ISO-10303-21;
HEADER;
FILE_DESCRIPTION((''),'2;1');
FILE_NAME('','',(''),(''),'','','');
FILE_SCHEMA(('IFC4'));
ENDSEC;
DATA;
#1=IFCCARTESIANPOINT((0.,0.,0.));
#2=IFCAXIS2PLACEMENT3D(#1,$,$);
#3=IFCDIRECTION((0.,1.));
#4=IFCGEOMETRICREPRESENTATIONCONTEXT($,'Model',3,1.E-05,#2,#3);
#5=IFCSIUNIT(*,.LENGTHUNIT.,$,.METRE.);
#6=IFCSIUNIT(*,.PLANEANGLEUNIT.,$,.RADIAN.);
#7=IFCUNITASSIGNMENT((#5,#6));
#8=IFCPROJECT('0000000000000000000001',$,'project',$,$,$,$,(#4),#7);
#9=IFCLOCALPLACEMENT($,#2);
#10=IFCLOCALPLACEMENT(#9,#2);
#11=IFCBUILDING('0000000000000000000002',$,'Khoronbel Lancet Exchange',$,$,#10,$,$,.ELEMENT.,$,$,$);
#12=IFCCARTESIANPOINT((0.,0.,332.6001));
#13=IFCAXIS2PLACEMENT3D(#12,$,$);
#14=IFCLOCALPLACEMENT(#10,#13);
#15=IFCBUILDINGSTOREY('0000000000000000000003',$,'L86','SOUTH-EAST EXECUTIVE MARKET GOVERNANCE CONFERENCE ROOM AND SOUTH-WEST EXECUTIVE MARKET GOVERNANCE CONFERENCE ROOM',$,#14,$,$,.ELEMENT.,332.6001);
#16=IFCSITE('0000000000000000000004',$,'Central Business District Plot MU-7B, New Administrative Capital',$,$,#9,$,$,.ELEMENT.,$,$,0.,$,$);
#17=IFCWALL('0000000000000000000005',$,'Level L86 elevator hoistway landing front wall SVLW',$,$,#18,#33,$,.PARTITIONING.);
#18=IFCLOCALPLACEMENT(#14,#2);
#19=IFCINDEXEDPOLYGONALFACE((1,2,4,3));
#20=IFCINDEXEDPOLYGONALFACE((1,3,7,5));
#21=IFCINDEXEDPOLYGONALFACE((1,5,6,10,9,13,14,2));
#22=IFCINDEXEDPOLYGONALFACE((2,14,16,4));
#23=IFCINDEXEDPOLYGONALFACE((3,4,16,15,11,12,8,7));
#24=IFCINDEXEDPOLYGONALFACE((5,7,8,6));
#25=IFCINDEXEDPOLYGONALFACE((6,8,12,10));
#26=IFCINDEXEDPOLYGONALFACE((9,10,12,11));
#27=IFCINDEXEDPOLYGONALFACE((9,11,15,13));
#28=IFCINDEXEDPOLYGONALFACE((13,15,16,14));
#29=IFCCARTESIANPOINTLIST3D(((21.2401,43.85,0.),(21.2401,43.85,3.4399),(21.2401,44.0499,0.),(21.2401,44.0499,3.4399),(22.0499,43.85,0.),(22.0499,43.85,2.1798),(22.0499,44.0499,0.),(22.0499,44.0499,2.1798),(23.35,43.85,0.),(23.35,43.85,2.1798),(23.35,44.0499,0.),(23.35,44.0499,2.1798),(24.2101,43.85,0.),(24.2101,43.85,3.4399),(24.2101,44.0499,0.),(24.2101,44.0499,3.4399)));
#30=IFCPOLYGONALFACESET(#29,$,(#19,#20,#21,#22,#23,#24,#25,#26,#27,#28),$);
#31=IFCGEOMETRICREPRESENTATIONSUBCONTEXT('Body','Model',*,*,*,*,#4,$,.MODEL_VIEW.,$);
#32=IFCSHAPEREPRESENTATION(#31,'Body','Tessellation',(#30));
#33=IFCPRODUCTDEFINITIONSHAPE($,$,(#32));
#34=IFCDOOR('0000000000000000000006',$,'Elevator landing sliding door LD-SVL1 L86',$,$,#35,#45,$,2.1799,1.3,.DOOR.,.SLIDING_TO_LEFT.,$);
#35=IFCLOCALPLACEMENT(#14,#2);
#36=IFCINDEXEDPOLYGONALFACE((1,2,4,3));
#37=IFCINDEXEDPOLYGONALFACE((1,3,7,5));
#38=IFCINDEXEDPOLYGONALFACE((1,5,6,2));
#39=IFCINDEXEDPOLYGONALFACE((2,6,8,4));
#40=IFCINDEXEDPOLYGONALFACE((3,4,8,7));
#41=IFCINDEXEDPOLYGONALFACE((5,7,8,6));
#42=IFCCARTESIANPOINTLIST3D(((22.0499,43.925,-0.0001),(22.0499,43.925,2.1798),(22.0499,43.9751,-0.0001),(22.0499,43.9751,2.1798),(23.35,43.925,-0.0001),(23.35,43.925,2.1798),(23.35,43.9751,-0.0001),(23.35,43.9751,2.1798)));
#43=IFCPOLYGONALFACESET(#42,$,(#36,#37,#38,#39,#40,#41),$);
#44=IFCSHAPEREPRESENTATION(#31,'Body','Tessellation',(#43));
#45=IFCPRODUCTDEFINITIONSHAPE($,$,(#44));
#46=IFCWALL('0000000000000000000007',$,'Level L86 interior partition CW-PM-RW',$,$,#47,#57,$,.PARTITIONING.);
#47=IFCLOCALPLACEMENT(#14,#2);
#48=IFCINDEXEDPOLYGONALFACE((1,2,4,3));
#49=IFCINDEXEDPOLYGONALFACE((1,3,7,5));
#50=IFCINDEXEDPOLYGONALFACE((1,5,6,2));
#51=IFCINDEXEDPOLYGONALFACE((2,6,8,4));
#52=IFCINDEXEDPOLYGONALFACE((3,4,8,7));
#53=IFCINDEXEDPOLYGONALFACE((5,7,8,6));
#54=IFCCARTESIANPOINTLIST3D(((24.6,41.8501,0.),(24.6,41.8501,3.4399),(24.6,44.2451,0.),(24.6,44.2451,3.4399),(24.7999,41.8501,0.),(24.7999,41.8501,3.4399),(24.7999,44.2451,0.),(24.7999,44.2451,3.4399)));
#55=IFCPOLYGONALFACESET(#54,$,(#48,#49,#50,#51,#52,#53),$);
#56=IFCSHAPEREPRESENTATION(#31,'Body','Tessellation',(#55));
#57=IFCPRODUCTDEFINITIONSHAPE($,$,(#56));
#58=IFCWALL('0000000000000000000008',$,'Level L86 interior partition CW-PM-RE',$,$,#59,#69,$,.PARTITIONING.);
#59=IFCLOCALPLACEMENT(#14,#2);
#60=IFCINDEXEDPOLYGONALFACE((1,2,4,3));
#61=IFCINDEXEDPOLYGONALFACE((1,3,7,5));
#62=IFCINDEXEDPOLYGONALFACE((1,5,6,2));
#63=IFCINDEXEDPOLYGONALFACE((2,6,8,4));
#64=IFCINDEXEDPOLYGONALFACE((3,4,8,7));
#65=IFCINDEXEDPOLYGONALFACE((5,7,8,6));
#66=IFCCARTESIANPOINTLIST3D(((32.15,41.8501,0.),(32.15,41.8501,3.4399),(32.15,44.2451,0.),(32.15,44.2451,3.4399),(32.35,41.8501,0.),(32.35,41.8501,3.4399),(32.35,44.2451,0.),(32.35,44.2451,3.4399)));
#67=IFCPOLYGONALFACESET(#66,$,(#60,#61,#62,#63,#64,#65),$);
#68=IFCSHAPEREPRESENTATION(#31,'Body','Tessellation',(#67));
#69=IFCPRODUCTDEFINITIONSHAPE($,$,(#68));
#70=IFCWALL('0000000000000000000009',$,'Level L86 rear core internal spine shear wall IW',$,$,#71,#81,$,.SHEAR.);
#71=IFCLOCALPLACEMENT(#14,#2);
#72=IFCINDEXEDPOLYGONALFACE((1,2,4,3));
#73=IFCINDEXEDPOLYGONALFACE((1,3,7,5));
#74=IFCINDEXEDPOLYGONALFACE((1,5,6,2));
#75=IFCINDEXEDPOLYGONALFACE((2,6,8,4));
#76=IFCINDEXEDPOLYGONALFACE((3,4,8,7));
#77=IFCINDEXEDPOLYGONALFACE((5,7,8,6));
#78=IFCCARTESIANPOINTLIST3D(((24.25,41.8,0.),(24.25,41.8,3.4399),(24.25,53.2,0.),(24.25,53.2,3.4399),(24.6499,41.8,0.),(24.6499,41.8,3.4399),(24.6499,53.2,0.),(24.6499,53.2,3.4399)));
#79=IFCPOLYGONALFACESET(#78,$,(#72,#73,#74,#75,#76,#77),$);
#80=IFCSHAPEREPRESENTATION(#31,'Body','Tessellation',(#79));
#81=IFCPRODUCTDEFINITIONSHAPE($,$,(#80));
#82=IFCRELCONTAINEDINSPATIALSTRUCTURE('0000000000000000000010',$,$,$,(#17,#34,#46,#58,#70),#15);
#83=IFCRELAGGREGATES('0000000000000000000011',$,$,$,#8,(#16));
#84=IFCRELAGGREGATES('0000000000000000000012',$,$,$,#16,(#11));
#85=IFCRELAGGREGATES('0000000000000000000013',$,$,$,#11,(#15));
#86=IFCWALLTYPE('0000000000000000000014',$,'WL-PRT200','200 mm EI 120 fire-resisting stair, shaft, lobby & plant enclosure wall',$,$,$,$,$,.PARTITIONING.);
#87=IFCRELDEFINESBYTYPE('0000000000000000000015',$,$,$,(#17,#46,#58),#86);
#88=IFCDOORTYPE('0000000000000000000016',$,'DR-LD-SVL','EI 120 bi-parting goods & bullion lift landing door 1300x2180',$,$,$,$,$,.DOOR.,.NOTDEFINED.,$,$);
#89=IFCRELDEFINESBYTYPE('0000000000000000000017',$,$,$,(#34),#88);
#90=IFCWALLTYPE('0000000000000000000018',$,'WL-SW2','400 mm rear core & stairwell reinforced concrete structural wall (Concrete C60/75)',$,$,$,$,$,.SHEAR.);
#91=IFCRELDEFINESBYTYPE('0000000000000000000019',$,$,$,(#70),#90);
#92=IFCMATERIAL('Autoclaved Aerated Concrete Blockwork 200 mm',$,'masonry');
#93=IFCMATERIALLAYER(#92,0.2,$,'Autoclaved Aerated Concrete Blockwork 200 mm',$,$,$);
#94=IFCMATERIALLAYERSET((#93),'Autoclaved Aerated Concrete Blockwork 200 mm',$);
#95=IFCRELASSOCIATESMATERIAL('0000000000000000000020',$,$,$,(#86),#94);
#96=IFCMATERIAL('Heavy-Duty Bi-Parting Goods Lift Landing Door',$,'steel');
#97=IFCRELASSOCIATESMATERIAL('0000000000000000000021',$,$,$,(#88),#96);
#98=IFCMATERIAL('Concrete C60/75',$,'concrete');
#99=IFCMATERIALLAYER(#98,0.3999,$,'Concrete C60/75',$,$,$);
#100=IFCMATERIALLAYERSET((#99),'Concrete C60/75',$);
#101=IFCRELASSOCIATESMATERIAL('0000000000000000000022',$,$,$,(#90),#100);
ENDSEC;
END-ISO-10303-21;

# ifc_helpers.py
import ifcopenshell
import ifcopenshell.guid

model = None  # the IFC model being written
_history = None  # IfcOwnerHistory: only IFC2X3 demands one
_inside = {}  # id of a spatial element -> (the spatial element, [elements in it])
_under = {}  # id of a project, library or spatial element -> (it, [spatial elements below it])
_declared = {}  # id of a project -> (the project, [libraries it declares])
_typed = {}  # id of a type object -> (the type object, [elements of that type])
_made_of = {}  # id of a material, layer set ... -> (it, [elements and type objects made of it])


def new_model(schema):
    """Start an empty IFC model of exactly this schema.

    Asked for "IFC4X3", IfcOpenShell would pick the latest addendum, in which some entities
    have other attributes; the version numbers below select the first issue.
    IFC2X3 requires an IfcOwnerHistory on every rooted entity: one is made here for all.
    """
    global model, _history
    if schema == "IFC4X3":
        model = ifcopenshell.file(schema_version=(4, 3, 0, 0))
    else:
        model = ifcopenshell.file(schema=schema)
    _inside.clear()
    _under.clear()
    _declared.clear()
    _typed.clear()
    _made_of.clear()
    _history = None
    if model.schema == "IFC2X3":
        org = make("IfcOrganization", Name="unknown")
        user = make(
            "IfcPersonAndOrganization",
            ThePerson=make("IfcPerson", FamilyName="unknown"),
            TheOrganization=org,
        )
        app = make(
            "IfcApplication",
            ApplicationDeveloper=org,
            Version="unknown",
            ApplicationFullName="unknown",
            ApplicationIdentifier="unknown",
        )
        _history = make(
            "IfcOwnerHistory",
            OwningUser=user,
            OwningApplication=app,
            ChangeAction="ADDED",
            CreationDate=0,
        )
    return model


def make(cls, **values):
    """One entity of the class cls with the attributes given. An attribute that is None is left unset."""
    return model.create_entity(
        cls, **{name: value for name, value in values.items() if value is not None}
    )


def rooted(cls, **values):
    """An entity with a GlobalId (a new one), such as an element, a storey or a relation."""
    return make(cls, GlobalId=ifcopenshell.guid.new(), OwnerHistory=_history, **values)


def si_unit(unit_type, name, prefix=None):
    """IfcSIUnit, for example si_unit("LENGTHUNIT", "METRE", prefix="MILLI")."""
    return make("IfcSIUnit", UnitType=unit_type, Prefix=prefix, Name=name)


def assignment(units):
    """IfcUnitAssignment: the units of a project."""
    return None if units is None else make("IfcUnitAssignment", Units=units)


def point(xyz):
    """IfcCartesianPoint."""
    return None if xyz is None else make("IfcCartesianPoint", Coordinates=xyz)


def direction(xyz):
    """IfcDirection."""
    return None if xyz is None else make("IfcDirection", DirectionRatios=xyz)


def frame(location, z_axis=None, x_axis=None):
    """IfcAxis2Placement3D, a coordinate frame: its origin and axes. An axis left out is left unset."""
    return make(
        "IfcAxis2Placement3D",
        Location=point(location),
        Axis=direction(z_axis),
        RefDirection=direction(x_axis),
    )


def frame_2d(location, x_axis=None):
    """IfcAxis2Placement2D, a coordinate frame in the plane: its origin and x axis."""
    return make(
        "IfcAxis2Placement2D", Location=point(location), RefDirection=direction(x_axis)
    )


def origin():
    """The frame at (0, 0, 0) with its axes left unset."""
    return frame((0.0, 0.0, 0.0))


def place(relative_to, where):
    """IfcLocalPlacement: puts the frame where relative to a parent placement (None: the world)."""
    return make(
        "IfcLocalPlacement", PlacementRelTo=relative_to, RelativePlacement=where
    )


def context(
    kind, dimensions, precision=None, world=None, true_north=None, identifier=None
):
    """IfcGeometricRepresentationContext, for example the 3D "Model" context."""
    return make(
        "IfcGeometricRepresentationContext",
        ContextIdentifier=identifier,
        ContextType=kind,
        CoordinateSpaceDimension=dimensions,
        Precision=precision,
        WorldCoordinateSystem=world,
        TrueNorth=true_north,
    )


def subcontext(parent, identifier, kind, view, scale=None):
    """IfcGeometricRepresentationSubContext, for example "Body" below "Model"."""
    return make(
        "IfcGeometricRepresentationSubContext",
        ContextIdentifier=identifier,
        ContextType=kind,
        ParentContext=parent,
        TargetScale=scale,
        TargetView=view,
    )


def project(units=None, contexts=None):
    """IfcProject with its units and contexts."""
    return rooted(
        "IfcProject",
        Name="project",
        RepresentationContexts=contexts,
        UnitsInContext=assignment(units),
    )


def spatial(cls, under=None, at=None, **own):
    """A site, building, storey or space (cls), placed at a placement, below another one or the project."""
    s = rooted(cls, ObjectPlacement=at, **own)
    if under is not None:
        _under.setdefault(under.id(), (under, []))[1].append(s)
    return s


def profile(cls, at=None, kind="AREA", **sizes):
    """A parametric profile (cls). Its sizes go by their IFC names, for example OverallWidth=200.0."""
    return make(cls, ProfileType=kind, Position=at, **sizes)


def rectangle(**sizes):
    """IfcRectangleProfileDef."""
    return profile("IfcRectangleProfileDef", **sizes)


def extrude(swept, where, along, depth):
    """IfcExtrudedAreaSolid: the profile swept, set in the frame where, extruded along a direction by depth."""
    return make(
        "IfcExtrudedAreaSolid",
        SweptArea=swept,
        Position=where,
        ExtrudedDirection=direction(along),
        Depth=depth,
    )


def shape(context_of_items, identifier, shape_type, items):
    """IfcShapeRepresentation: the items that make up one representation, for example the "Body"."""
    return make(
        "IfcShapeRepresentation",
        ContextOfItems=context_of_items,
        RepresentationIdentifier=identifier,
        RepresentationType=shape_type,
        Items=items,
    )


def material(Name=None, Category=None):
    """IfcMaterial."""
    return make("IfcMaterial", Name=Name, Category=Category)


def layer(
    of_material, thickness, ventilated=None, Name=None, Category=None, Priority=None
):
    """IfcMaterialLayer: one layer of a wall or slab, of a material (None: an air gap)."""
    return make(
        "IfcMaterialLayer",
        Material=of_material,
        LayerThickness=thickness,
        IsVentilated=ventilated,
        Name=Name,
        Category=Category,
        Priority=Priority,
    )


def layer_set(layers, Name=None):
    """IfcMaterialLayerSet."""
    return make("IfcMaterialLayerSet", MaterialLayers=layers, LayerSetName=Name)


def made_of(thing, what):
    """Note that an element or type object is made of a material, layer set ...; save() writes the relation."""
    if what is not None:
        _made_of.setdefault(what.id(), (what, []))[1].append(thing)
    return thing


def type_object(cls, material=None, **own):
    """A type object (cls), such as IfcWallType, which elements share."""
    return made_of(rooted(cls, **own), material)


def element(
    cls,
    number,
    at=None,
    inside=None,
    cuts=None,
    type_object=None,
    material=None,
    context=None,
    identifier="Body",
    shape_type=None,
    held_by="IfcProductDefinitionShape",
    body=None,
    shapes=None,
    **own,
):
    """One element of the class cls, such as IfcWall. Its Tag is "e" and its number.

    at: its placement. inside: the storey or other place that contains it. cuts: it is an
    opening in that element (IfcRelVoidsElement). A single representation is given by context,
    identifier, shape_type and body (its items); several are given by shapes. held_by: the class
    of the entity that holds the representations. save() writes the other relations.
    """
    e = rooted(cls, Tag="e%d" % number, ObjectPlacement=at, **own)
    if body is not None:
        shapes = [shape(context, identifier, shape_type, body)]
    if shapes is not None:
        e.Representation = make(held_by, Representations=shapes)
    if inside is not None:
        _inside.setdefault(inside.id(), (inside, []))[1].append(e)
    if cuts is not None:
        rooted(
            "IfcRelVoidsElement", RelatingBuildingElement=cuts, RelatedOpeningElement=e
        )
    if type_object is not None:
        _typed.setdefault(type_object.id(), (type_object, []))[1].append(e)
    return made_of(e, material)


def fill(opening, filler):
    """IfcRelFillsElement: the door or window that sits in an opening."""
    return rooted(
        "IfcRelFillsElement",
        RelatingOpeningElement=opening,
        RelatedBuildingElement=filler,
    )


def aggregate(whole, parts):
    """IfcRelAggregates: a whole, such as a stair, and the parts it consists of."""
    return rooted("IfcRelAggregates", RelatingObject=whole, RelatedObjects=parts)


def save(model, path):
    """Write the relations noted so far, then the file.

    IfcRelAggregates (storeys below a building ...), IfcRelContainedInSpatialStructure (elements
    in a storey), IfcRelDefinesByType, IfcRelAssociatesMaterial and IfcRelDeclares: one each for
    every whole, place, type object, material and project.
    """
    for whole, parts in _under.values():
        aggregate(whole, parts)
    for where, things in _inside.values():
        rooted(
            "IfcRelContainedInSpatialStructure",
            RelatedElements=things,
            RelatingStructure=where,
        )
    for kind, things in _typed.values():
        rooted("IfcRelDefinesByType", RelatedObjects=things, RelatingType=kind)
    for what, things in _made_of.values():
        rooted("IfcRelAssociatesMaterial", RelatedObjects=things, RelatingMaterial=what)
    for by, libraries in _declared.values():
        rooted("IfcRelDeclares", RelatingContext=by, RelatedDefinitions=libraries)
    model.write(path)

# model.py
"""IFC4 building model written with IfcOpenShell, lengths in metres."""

from ifc_helpers import new_model, si_unit, direction, frame, frame_2d, origin, place, context, subcontext, project, spatial, rectangle, extrude, material, layer, layer_set, type_object, element, fill, save


model = new_model("IFC4")

# Units and contexts
model_context = context("Model", 3, precision=1e-05, world=origin(), true_north=direction((0.0, 1.0)))
body_context = subcontext(model_context, "Body", "Model", "MODEL_VIEW")
ifc_project = project(units=[si_unit("LENGTHUNIT", "METRE"), si_unit("PLANEANGLEUNIT", "RADIAN")], contexts=[model_context])

# Site, building, storey
site_placement = place(None, origin())
site = spatial("IfcSite", under=ifc_project, at=site_placement, Name="Central Business District Plot MU-7B, New Administrative Capital", CompositionType="ELEMENT", RefElevation=0.0)
building_placement = place(site_placement, origin())
building = spatial("IfcBuilding", under=site, at=building_placement, Name="Khoronbel Lancet Exchange", CompositionType="ELEMENT")
storey_placement = place(building_placement, frame((0.0, 0.0, 332.6001)))
storey = spatial("IfcBuildingStorey", under=building, at=storey_placement, Name="L86", Description="SOUTH-EAST EXECUTIVE MARKET GOVERNANCE CONFERENCE ROOM AND SOUTH-WEST EXECUTIVE MARKET GOVERNANCE CONFERENCE ROOM", CompositionType="ELEMENT", Elevation=332.6001)

# Shared definitions
ifc_material_1 = material(Name="Concrete C60/75", Category="concrete")

# Wall, opening, door
ifc_material_2 = material(Name="Autoclaved Aerated Concrete Blockwork 200 mm", Category="masonry")
ifc_layer_1 = layer(ifc_material_2, 0.2, Name="Autoclaved Aerated Concrete Blockwork 200 mm")
ifc_layer_set_1 = layer_set([ifc_layer_1], Name="Autoclaved Aerated Concrete Blockwork 200 mm")
wall_type_1 = type_object("IfcWallType", Name="WL-PRT200", Description="200 mm EI 120 fire-resisting stair, shaft, lobby & plant enclosure wall", PredefinedType="PARTITIONING", material=ifc_layer_set_1)
wall_1_placement = place(storey_placement, frame((24.21, 43.95, 0.0), z_axis=(0.0, 0.0, 1.0), x_axis=(-1.0, 0.0, 0.0)))
wall_1 = element("IfcWall", 1, at=wall_1_placement, inside=storey, type_object=wall_type_1, Name="Level L86 elevator hoistway landing front wall SVLW", PredefinedType="PARTITIONING", context=body_context, shape_type="SweptSolid", body=[
    extrude(rectangle(XDim=2.97, YDim=0.2, at=frame_2d((1.4849, 0.0))), origin(), (0.0, 0.0, 1.0), 3.4399),
])
opening_1_placement = place(wall_1_placement, frame((0.8601, 0.0, 0.0)))
opening_1 = element("IfcOpeningElement", 2, at=opening_1_placement, cuts=wall_1, PredefinedType="OPENING", context=body_context, shape_type="SweptSolid", body=[
    extrude(rectangle(XDim=1.3, YDim=2.1799, at=frame_2d((0.6499, 1.0898))), frame((0.0, 0.1099, 0.0), z_axis=(0.0, -1.0, 0.0), x_axis=(1.0, 0.0, 0.0)), (0.0, 0.0, 1.0), 0.22),
])
ifc_material_3 = material(Name="Heavy-Duty Bi-Parting Goods Lift Landing Door", Category="steel")
door_type_1 = type_object("IfcDoorType", Name="DR-LD-SVL", Description="EI 120 bi-parting goods & bullion lift landing door 1300x2180", OperationType="NOTDEFINED", PredefinedType="DOOR", material=ifc_material_3)
door_1_placement = place(opening_1_placement, origin())
door_1 = element("IfcDoor", 3, at=door_1_placement, inside=storey, type_object=door_type_1, Name="Elevator landing sliding door LD-SVL1 L86", OperationType="SLIDING_TO_LEFT", OverallHeight=2.1799, OverallWidth=1.3, PredefinedType="DOOR", context=body_context, shape_type="SweptSolid", body=[
    extrude(rectangle(XDim=1.3, YDim=2.1799, at=frame_2d((0.6499, 1.0898))), frame((0.0, 0.0249, 0.0), z_axis=(0.0, -1.0, 0.0), x_axis=(1.0, 0.0, 0.0)), (0.0, 0.0, 1.0), 0.05),
])
fill(opening_1, door_1)

# Walls
for number, where, z_axis, x_axis, name in (
    (4, (24.7, 41.8501, 0.0), (0.0, 0.0, 1.0), (0.0, 1.0, 0.0), "Level L86 interior partition CW-PM-RW"),
    (5, (32.25, 41.8501, 0.0), (0.0, 0.0, 1.0), (0.0, 1.0, 0.0), "Level L86 interior partition CW-PM-RE"),
):
    element("IfcWall", number, at=place(storey_placement, frame(where, z_axis=z_axis, x_axis=x_axis)), inside=storey, type_object=wall_type_1, Name=name, PredefinedType="PARTITIONING", context=body_context, shape_type="SweptSolid", body=[
        extrude(rectangle(XDim=2.395, YDim=0.2, at=frame_2d((1.1975, 0.0))), origin(), (0.0, 0.0, 1.0), 3.4399),
    ])
ifc_layer_2 = layer(ifc_material_1, 0.3999, Name="Concrete C60/75")
ifc_layer_set_2 = layer_set([ifc_layer_2], Name="Concrete C60/75")
wall_type_2 = type_object("IfcWallType", Name="WL-SW2", Description="400 mm rear core & stairwell reinforced concrete structural wall (Concrete C60/75)", PredefinedType="SHEAR", material=ifc_layer_set_2)
wall_2_placement = place(storey_placement, frame((24.45, 41.8, 0.0), z_axis=(0.0, 0.0, 1.0), x_axis=(0.0, 1.0, 0.0)))
element("IfcWall", 6, at=wall_2_placement, inside=storey, type_object=wall_type_2, Name="Level L86 rear core internal spine shear wall IW", PredefinedType="SHEAR", context=body_context, shape_type="SweptSolid", body=[
    extrude(rectangle(XDim=11.3999, YDim=0.3999, at=frame_2d((5.7, 0.0))), origin(), (0.0, 0.0, 1.0), 3.4399),
])

save(model, "model.ifc")
